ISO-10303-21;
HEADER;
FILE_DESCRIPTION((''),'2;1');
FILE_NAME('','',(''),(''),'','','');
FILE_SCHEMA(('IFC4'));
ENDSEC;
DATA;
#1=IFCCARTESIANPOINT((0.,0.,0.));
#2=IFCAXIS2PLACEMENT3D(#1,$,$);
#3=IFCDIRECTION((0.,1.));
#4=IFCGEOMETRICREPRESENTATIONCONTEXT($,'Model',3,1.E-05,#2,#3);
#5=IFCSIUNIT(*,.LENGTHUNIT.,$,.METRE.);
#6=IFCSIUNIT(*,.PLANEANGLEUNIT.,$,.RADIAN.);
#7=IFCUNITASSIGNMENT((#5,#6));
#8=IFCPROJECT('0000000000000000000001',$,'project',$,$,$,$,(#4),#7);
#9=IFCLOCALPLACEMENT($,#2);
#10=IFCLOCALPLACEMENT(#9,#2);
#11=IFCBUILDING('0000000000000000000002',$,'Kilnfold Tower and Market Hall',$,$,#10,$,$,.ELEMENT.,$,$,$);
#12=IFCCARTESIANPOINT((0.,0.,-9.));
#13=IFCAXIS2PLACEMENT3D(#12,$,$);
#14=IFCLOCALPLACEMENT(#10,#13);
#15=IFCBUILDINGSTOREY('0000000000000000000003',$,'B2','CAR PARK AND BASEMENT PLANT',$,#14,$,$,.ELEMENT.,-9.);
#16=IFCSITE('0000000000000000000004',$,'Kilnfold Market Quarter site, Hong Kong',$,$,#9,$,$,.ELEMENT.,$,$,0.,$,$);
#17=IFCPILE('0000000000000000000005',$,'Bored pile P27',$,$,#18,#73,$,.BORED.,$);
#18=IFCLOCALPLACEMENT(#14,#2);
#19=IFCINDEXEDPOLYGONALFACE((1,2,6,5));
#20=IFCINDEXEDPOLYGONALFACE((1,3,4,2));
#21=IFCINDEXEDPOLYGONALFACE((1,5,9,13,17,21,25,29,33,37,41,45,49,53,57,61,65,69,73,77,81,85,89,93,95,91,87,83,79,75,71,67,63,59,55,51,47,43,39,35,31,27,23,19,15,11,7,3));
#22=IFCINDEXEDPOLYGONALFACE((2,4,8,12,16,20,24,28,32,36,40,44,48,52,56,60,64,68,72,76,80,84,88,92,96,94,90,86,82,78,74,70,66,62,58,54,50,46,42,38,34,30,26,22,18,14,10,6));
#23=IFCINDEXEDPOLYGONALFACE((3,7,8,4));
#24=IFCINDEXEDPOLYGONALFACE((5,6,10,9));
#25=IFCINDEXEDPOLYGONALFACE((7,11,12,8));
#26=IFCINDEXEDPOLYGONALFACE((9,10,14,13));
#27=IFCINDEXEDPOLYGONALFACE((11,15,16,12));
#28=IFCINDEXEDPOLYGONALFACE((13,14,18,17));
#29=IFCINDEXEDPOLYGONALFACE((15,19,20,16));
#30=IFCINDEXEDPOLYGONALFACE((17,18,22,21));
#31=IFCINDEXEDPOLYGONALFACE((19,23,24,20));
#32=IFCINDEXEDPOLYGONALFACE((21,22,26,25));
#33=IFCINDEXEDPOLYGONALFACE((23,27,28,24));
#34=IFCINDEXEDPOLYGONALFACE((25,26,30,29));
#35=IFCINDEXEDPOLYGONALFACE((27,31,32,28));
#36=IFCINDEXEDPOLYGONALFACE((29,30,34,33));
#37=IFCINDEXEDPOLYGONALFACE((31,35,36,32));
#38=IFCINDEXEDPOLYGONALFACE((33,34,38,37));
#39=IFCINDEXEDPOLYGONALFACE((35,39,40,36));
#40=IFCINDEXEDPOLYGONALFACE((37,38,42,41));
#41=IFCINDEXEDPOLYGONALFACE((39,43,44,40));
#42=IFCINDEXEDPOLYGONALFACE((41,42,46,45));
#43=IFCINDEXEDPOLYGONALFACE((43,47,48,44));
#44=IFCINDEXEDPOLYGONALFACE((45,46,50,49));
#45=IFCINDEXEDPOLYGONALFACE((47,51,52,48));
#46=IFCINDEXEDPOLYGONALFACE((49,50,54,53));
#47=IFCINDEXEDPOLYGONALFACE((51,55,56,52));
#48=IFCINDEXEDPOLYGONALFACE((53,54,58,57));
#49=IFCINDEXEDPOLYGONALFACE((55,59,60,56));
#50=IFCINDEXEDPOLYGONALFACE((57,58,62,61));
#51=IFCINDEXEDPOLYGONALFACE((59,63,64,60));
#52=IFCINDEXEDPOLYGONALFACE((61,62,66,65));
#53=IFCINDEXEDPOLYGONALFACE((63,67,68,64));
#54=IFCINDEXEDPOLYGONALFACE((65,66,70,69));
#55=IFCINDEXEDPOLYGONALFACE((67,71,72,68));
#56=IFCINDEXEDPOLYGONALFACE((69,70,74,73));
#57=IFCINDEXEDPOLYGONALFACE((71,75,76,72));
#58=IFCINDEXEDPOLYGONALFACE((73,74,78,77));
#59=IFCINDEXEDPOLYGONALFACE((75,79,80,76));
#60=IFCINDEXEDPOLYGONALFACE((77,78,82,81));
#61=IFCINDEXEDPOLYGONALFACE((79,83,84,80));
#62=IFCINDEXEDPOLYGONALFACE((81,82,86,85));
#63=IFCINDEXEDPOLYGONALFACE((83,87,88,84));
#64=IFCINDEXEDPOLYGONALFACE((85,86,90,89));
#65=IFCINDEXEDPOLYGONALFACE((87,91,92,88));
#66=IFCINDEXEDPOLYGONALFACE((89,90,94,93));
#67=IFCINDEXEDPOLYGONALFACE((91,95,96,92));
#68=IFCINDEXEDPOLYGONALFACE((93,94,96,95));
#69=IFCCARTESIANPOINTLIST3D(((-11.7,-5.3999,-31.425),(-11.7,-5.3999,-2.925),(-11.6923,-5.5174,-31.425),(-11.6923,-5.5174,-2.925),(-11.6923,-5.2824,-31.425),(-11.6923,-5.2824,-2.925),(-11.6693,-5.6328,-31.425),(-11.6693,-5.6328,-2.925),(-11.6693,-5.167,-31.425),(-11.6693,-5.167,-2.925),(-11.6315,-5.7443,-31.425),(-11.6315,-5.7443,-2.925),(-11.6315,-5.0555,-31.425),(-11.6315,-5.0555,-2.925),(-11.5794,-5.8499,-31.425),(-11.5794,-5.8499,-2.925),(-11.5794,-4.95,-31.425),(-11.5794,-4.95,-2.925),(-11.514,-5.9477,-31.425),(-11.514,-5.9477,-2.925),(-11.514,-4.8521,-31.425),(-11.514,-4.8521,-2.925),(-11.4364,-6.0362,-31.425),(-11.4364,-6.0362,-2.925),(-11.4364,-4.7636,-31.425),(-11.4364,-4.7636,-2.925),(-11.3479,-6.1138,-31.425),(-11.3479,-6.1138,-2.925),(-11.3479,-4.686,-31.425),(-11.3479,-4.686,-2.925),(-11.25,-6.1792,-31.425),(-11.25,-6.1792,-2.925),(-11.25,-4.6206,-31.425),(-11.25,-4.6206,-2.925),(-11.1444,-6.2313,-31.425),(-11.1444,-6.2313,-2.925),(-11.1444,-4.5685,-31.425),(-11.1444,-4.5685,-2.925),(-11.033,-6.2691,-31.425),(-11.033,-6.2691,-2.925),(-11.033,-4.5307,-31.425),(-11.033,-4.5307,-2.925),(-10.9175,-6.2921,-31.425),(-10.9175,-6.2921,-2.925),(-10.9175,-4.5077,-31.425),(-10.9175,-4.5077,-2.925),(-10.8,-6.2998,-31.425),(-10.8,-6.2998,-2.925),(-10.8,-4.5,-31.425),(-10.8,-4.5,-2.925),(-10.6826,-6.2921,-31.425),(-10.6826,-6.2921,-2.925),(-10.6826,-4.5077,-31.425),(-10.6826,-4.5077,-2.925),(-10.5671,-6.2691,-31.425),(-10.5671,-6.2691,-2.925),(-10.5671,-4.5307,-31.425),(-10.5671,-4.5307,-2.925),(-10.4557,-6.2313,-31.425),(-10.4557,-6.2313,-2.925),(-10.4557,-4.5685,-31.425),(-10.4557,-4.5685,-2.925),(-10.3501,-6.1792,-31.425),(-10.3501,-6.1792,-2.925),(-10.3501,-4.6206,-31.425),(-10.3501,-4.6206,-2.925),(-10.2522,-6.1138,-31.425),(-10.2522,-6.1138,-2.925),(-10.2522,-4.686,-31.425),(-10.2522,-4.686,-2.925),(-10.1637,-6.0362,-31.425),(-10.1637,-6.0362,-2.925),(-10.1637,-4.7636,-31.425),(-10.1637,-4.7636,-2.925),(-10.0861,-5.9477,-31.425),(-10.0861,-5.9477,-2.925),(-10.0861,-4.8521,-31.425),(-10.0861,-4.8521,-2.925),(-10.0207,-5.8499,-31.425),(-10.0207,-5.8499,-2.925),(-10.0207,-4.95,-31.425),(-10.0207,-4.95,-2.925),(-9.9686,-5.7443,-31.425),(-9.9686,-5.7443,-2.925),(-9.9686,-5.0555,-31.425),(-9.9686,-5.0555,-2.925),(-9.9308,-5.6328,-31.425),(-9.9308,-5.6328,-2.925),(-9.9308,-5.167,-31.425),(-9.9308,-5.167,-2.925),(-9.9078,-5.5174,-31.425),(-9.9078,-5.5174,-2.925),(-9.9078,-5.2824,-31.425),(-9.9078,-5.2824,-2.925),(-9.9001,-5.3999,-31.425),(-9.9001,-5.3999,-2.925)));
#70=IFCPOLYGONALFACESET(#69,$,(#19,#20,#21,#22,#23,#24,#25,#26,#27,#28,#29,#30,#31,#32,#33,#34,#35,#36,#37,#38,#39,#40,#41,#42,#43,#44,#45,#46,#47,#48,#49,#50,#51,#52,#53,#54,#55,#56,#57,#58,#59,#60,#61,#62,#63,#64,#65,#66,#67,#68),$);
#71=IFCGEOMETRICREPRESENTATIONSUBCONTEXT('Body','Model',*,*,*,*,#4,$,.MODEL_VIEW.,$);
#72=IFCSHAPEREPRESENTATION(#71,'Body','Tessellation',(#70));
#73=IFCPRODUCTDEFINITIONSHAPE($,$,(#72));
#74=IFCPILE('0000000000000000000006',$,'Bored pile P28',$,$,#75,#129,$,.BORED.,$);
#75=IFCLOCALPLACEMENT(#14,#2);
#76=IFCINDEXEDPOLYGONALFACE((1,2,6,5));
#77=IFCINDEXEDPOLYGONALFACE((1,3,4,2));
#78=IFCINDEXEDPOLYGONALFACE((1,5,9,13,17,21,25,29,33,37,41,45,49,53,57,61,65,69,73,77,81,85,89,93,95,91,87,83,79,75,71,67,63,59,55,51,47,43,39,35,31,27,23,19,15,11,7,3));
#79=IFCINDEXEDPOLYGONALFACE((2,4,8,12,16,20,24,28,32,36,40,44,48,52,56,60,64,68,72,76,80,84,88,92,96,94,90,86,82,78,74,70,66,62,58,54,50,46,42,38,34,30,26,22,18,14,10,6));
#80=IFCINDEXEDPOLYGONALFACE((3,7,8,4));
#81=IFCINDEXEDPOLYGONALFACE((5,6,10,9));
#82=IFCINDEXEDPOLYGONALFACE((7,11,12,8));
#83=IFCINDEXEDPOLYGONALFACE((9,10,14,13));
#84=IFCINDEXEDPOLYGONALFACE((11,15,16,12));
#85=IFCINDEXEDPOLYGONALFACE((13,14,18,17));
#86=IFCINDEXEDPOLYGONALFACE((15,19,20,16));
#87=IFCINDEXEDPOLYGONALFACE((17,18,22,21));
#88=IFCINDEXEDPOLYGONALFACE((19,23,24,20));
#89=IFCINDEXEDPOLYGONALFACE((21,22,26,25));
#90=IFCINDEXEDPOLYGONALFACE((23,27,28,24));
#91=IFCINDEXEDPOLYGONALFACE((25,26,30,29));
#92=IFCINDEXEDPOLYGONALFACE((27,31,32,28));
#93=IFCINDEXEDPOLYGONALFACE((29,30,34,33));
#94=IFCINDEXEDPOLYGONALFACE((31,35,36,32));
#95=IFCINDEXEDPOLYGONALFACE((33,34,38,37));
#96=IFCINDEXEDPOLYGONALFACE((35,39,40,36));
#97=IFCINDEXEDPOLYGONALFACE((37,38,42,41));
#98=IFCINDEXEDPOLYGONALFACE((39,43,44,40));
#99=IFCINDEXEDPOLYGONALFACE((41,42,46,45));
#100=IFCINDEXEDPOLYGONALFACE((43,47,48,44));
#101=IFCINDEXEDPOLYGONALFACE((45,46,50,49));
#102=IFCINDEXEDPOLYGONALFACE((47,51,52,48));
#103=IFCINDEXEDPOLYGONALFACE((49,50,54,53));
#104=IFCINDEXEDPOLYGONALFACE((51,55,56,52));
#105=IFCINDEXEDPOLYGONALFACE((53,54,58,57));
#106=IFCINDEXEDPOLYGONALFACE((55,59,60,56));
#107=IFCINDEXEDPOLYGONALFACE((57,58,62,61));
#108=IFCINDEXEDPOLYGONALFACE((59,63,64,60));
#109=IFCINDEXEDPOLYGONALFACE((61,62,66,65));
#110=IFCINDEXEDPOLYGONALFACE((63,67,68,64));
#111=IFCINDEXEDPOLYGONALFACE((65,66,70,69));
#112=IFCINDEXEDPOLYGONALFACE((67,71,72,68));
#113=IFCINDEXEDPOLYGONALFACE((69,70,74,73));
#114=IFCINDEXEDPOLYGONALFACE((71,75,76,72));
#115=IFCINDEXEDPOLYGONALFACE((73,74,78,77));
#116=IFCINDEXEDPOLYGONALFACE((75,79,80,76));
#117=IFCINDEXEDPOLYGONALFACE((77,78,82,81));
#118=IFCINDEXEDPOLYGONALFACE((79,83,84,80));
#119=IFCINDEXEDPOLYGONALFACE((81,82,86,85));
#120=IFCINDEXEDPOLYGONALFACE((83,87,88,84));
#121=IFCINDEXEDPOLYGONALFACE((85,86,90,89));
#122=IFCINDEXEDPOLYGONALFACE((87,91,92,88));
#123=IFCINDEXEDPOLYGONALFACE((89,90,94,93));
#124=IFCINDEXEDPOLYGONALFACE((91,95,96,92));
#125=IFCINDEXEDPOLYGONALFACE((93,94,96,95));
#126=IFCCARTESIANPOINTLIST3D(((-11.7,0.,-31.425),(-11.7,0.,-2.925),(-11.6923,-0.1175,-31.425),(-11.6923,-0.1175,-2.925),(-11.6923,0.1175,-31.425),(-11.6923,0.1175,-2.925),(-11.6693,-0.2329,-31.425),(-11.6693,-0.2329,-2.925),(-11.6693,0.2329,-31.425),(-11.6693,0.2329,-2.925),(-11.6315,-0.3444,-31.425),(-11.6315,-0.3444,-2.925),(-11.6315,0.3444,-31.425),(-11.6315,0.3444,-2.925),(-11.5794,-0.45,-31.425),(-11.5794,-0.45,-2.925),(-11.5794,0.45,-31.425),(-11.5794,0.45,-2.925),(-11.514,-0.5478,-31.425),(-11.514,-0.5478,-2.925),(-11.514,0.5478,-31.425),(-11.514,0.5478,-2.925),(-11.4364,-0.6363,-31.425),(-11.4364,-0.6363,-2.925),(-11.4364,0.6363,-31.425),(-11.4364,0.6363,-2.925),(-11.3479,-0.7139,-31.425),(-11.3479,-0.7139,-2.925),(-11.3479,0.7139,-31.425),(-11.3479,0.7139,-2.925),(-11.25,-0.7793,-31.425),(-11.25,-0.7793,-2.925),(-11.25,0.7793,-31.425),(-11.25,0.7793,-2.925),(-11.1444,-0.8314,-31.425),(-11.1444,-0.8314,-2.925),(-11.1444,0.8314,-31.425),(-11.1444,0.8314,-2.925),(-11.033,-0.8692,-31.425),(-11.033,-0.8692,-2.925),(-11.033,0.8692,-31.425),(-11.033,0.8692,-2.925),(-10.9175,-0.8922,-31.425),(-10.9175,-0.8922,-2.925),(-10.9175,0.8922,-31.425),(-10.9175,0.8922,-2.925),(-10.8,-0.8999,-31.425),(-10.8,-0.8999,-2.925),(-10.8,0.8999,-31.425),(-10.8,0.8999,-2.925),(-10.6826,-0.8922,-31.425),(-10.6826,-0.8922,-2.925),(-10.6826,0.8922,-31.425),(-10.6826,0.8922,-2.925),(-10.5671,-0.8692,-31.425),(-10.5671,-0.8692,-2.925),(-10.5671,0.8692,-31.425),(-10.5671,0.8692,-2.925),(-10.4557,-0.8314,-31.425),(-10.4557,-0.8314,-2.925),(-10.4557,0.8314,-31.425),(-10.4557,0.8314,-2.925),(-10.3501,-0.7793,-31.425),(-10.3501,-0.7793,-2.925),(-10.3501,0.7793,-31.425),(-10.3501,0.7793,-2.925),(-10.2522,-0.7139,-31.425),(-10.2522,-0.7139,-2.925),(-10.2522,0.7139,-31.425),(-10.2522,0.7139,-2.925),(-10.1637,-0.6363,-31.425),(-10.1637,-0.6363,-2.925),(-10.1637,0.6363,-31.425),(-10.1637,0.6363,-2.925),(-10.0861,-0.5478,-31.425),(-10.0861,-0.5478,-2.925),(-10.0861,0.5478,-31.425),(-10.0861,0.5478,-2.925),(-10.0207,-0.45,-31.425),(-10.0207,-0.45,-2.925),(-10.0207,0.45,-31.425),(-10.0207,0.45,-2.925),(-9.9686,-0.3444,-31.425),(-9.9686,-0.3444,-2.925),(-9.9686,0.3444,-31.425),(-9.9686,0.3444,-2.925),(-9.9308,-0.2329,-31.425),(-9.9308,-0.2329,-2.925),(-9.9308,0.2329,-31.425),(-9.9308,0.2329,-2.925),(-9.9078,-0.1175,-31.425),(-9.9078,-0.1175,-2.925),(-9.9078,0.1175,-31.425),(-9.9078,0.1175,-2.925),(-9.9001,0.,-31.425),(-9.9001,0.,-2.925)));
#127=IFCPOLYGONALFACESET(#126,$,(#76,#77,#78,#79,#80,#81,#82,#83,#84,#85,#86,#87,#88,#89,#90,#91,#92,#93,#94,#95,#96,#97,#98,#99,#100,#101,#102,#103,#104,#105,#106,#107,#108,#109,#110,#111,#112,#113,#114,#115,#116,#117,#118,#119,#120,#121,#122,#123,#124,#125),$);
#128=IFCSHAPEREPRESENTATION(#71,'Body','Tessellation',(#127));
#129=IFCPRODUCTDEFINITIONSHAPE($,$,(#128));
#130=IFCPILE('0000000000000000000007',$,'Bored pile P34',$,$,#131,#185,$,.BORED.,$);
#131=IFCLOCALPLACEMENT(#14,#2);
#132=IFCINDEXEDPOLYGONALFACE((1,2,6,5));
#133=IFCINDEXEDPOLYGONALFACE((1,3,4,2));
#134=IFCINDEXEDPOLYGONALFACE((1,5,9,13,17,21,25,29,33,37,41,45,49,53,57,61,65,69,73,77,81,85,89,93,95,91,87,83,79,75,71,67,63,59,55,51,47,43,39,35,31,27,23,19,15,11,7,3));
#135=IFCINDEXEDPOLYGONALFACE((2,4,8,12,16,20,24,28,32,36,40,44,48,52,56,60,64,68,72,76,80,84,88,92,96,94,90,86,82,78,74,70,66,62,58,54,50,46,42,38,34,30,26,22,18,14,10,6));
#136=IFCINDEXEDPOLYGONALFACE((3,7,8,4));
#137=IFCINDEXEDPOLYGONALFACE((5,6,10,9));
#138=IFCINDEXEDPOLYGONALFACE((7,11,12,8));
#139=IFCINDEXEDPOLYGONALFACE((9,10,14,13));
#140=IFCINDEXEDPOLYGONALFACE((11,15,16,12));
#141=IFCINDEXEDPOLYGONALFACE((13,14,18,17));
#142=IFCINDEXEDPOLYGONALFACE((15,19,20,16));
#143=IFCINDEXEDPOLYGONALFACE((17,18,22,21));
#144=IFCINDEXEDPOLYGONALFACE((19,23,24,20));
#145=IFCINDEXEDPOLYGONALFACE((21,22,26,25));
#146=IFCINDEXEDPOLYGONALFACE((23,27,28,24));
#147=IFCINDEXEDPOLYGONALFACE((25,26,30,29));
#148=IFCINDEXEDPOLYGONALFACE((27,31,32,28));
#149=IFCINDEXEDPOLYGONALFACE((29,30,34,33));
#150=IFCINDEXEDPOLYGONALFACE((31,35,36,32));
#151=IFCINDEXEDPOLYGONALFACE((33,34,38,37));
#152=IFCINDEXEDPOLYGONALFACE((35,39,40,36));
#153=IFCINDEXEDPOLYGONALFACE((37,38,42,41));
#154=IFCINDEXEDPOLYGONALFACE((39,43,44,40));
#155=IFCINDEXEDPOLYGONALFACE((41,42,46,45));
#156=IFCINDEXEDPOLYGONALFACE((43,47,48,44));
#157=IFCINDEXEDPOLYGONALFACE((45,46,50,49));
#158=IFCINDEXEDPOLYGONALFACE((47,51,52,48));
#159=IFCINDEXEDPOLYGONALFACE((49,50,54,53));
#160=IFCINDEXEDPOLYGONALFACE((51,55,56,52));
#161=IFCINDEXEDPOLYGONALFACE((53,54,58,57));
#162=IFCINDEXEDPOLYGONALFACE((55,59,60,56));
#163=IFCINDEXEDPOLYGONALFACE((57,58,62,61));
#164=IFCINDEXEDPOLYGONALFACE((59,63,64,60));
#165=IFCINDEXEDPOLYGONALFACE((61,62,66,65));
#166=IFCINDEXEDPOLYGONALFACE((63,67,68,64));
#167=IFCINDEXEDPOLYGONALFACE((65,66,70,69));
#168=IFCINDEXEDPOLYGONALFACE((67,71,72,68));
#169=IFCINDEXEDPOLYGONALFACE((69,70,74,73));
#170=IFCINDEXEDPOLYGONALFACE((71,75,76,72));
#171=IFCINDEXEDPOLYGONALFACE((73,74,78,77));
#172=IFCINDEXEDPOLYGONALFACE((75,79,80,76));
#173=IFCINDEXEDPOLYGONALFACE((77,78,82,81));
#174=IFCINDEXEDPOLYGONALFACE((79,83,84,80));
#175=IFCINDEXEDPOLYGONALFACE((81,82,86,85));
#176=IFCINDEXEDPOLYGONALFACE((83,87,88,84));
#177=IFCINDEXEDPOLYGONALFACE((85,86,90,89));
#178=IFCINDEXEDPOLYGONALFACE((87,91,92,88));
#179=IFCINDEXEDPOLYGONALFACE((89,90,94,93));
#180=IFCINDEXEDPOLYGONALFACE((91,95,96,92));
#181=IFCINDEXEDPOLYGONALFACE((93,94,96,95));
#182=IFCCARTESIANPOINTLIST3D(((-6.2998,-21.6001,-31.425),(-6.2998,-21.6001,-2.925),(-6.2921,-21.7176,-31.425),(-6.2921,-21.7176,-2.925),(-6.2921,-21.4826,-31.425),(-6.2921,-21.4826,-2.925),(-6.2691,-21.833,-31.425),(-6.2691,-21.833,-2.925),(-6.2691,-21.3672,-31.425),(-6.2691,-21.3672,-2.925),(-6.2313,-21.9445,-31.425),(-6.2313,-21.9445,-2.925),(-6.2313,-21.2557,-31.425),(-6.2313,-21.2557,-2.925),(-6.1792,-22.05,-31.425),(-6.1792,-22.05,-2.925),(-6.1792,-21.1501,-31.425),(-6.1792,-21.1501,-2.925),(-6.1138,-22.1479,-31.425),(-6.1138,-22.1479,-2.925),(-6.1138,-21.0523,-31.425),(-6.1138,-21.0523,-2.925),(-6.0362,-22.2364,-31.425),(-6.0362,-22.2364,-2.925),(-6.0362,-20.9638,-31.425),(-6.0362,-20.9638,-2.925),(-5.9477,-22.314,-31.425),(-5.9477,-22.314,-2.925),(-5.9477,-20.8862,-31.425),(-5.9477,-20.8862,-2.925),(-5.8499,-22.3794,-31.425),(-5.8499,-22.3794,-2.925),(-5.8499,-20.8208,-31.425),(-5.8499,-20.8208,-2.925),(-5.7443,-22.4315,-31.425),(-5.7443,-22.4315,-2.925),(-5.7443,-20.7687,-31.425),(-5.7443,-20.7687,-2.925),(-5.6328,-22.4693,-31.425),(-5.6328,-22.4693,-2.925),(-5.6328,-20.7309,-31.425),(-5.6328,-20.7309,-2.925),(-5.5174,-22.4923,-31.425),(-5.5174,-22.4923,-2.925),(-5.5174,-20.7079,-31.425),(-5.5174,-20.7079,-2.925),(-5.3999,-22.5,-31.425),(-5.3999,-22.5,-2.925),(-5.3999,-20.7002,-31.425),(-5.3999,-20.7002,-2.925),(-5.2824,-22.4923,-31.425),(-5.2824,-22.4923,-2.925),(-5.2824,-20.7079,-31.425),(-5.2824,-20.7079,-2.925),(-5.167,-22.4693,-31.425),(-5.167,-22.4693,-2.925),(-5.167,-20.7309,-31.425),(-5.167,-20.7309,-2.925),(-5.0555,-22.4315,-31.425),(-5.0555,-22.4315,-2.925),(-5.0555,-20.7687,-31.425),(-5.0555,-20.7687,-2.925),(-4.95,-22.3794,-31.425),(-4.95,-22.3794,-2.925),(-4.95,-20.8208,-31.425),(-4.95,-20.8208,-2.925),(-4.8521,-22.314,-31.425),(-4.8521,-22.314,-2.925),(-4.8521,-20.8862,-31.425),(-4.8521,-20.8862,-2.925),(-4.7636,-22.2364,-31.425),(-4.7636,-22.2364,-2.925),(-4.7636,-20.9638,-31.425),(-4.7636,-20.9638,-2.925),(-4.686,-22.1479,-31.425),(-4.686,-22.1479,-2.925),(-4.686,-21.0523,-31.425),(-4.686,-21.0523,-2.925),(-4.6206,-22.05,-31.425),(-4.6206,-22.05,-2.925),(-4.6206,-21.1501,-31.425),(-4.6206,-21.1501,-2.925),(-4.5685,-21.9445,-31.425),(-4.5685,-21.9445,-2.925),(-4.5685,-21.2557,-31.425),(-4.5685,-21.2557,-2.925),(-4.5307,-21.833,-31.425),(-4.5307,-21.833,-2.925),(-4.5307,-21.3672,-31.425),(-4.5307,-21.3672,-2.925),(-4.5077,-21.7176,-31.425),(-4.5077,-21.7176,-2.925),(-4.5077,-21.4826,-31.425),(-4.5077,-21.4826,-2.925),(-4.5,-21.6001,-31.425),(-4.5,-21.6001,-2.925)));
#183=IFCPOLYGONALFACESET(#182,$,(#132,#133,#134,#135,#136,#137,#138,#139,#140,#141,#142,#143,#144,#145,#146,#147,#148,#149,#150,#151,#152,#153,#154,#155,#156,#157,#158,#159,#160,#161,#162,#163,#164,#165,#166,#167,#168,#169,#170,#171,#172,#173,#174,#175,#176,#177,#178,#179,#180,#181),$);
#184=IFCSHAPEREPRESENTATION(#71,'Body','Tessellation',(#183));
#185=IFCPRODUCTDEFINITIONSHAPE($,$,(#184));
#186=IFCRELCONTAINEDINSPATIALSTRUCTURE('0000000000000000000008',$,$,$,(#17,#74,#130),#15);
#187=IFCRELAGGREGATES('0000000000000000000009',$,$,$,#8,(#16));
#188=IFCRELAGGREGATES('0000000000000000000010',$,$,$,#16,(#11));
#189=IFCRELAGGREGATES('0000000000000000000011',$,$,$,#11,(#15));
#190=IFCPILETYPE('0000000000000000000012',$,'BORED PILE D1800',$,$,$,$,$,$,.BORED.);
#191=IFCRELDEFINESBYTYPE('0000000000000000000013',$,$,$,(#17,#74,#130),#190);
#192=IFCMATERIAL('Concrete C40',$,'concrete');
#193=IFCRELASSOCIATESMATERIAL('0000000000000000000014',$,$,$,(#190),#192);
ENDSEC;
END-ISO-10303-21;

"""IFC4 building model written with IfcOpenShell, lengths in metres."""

from ifc_helpers import new_model, si_unit, direction, frame, origin, origin_2d, place, context, subcontext, project, spatial, circle, extrude, source, transform, mapped, material, material_profile, profile_set, type_object, element, save


model = new_model("IFC4")

# Units and contexts
model_context = context("Model", 3, precision=1e-05, world=origin(), true_north=direction((0.0, 1.0)))
body_context = subcontext(model_context, "Body", "Model", "MODEL_VIEW")
ifc_project = project(units=[si_unit("LENGTHUNIT", "METRE"), si_unit("PLANEANGLEUNIT", "RADIAN")], contexts=[model_context])

# Site, building, storey
site_placement = place(None, origin())
site = spatial("IfcSite", under=ifc_project, at=site_placement, Name="Kilnfold Market Quarter site, Hong Kong", CompositionType="ELEMENT", RefElevation=0.0)
building_placement = place(site_placement, origin())
building = spatial("IfcBuilding", under=site, at=building_placement, Name="Kilnfold Tower and Market Hall", CompositionType="ELEMENT")
storey_placement = place(building_placement, frame((0.0, 0.0, -9.0)))
storey = spatial("IfcBuildingStorey", under=building, at=storey_placement, Name="B2", Description="CAR PARK AND BASEMENT PLANT", CompositionType="ELEMENT", Elevation=-9.0)

# Piles
ifc_material_1 = material(Name="Concrete C40", Category="concrete")
ifc_material_profile_1 = material_profile(ifc_material_1, circle(Radius=0.8999, at=origin_2d()), Name="RC D1800")
ifc_profile_set_1 = profile_set([ifc_material_profile_1], Name="Concrete C40")
pile_type = type_object("IfcPileType", Name="BORED PILE D1800", PredefinedType="BORED", material=ifc_profile_set_1)
shared_shape_1 = source(origin(), body_context, "Body", "SweptSolid", [
    extrude(circle(Radius=0.8999, at=origin_2d()), origin(), (0.0, 0.0, 1.0), 28.5),
])
for number, where, z_axis, x_axis, name in (
    (1, (-10.8, -5.3999, -2.925), (0.0, 0.0, -1.0), (1.0, 0.0, 0.0), "Bored pile P27"),
    (2, (-10.8, 0.0, -2.925), (0.0, 0.0, -1.0), (1.0, 0.0, 0.0), "Bored pile P28"),
    (3, (-5.3999, -21.6001, -2.925), (0.0, 0.0, -1.0), (1.0, 0.0, 0.0), "Bored pile P34"),
):
    element("IfcPile", number, at=place(storey_placement, frame(where, z_axis=z_axis, x_axis=x_axis)), inside=storey, type_object=pile_type, Name=name, PredefinedType="BORED", context=body_context, shape_type="MappedRepresentation", body=[
        mapped(shared_shape_1, transform((0.0, 0.0, 0.0))),
    ])

save(model, "model.ifc")
